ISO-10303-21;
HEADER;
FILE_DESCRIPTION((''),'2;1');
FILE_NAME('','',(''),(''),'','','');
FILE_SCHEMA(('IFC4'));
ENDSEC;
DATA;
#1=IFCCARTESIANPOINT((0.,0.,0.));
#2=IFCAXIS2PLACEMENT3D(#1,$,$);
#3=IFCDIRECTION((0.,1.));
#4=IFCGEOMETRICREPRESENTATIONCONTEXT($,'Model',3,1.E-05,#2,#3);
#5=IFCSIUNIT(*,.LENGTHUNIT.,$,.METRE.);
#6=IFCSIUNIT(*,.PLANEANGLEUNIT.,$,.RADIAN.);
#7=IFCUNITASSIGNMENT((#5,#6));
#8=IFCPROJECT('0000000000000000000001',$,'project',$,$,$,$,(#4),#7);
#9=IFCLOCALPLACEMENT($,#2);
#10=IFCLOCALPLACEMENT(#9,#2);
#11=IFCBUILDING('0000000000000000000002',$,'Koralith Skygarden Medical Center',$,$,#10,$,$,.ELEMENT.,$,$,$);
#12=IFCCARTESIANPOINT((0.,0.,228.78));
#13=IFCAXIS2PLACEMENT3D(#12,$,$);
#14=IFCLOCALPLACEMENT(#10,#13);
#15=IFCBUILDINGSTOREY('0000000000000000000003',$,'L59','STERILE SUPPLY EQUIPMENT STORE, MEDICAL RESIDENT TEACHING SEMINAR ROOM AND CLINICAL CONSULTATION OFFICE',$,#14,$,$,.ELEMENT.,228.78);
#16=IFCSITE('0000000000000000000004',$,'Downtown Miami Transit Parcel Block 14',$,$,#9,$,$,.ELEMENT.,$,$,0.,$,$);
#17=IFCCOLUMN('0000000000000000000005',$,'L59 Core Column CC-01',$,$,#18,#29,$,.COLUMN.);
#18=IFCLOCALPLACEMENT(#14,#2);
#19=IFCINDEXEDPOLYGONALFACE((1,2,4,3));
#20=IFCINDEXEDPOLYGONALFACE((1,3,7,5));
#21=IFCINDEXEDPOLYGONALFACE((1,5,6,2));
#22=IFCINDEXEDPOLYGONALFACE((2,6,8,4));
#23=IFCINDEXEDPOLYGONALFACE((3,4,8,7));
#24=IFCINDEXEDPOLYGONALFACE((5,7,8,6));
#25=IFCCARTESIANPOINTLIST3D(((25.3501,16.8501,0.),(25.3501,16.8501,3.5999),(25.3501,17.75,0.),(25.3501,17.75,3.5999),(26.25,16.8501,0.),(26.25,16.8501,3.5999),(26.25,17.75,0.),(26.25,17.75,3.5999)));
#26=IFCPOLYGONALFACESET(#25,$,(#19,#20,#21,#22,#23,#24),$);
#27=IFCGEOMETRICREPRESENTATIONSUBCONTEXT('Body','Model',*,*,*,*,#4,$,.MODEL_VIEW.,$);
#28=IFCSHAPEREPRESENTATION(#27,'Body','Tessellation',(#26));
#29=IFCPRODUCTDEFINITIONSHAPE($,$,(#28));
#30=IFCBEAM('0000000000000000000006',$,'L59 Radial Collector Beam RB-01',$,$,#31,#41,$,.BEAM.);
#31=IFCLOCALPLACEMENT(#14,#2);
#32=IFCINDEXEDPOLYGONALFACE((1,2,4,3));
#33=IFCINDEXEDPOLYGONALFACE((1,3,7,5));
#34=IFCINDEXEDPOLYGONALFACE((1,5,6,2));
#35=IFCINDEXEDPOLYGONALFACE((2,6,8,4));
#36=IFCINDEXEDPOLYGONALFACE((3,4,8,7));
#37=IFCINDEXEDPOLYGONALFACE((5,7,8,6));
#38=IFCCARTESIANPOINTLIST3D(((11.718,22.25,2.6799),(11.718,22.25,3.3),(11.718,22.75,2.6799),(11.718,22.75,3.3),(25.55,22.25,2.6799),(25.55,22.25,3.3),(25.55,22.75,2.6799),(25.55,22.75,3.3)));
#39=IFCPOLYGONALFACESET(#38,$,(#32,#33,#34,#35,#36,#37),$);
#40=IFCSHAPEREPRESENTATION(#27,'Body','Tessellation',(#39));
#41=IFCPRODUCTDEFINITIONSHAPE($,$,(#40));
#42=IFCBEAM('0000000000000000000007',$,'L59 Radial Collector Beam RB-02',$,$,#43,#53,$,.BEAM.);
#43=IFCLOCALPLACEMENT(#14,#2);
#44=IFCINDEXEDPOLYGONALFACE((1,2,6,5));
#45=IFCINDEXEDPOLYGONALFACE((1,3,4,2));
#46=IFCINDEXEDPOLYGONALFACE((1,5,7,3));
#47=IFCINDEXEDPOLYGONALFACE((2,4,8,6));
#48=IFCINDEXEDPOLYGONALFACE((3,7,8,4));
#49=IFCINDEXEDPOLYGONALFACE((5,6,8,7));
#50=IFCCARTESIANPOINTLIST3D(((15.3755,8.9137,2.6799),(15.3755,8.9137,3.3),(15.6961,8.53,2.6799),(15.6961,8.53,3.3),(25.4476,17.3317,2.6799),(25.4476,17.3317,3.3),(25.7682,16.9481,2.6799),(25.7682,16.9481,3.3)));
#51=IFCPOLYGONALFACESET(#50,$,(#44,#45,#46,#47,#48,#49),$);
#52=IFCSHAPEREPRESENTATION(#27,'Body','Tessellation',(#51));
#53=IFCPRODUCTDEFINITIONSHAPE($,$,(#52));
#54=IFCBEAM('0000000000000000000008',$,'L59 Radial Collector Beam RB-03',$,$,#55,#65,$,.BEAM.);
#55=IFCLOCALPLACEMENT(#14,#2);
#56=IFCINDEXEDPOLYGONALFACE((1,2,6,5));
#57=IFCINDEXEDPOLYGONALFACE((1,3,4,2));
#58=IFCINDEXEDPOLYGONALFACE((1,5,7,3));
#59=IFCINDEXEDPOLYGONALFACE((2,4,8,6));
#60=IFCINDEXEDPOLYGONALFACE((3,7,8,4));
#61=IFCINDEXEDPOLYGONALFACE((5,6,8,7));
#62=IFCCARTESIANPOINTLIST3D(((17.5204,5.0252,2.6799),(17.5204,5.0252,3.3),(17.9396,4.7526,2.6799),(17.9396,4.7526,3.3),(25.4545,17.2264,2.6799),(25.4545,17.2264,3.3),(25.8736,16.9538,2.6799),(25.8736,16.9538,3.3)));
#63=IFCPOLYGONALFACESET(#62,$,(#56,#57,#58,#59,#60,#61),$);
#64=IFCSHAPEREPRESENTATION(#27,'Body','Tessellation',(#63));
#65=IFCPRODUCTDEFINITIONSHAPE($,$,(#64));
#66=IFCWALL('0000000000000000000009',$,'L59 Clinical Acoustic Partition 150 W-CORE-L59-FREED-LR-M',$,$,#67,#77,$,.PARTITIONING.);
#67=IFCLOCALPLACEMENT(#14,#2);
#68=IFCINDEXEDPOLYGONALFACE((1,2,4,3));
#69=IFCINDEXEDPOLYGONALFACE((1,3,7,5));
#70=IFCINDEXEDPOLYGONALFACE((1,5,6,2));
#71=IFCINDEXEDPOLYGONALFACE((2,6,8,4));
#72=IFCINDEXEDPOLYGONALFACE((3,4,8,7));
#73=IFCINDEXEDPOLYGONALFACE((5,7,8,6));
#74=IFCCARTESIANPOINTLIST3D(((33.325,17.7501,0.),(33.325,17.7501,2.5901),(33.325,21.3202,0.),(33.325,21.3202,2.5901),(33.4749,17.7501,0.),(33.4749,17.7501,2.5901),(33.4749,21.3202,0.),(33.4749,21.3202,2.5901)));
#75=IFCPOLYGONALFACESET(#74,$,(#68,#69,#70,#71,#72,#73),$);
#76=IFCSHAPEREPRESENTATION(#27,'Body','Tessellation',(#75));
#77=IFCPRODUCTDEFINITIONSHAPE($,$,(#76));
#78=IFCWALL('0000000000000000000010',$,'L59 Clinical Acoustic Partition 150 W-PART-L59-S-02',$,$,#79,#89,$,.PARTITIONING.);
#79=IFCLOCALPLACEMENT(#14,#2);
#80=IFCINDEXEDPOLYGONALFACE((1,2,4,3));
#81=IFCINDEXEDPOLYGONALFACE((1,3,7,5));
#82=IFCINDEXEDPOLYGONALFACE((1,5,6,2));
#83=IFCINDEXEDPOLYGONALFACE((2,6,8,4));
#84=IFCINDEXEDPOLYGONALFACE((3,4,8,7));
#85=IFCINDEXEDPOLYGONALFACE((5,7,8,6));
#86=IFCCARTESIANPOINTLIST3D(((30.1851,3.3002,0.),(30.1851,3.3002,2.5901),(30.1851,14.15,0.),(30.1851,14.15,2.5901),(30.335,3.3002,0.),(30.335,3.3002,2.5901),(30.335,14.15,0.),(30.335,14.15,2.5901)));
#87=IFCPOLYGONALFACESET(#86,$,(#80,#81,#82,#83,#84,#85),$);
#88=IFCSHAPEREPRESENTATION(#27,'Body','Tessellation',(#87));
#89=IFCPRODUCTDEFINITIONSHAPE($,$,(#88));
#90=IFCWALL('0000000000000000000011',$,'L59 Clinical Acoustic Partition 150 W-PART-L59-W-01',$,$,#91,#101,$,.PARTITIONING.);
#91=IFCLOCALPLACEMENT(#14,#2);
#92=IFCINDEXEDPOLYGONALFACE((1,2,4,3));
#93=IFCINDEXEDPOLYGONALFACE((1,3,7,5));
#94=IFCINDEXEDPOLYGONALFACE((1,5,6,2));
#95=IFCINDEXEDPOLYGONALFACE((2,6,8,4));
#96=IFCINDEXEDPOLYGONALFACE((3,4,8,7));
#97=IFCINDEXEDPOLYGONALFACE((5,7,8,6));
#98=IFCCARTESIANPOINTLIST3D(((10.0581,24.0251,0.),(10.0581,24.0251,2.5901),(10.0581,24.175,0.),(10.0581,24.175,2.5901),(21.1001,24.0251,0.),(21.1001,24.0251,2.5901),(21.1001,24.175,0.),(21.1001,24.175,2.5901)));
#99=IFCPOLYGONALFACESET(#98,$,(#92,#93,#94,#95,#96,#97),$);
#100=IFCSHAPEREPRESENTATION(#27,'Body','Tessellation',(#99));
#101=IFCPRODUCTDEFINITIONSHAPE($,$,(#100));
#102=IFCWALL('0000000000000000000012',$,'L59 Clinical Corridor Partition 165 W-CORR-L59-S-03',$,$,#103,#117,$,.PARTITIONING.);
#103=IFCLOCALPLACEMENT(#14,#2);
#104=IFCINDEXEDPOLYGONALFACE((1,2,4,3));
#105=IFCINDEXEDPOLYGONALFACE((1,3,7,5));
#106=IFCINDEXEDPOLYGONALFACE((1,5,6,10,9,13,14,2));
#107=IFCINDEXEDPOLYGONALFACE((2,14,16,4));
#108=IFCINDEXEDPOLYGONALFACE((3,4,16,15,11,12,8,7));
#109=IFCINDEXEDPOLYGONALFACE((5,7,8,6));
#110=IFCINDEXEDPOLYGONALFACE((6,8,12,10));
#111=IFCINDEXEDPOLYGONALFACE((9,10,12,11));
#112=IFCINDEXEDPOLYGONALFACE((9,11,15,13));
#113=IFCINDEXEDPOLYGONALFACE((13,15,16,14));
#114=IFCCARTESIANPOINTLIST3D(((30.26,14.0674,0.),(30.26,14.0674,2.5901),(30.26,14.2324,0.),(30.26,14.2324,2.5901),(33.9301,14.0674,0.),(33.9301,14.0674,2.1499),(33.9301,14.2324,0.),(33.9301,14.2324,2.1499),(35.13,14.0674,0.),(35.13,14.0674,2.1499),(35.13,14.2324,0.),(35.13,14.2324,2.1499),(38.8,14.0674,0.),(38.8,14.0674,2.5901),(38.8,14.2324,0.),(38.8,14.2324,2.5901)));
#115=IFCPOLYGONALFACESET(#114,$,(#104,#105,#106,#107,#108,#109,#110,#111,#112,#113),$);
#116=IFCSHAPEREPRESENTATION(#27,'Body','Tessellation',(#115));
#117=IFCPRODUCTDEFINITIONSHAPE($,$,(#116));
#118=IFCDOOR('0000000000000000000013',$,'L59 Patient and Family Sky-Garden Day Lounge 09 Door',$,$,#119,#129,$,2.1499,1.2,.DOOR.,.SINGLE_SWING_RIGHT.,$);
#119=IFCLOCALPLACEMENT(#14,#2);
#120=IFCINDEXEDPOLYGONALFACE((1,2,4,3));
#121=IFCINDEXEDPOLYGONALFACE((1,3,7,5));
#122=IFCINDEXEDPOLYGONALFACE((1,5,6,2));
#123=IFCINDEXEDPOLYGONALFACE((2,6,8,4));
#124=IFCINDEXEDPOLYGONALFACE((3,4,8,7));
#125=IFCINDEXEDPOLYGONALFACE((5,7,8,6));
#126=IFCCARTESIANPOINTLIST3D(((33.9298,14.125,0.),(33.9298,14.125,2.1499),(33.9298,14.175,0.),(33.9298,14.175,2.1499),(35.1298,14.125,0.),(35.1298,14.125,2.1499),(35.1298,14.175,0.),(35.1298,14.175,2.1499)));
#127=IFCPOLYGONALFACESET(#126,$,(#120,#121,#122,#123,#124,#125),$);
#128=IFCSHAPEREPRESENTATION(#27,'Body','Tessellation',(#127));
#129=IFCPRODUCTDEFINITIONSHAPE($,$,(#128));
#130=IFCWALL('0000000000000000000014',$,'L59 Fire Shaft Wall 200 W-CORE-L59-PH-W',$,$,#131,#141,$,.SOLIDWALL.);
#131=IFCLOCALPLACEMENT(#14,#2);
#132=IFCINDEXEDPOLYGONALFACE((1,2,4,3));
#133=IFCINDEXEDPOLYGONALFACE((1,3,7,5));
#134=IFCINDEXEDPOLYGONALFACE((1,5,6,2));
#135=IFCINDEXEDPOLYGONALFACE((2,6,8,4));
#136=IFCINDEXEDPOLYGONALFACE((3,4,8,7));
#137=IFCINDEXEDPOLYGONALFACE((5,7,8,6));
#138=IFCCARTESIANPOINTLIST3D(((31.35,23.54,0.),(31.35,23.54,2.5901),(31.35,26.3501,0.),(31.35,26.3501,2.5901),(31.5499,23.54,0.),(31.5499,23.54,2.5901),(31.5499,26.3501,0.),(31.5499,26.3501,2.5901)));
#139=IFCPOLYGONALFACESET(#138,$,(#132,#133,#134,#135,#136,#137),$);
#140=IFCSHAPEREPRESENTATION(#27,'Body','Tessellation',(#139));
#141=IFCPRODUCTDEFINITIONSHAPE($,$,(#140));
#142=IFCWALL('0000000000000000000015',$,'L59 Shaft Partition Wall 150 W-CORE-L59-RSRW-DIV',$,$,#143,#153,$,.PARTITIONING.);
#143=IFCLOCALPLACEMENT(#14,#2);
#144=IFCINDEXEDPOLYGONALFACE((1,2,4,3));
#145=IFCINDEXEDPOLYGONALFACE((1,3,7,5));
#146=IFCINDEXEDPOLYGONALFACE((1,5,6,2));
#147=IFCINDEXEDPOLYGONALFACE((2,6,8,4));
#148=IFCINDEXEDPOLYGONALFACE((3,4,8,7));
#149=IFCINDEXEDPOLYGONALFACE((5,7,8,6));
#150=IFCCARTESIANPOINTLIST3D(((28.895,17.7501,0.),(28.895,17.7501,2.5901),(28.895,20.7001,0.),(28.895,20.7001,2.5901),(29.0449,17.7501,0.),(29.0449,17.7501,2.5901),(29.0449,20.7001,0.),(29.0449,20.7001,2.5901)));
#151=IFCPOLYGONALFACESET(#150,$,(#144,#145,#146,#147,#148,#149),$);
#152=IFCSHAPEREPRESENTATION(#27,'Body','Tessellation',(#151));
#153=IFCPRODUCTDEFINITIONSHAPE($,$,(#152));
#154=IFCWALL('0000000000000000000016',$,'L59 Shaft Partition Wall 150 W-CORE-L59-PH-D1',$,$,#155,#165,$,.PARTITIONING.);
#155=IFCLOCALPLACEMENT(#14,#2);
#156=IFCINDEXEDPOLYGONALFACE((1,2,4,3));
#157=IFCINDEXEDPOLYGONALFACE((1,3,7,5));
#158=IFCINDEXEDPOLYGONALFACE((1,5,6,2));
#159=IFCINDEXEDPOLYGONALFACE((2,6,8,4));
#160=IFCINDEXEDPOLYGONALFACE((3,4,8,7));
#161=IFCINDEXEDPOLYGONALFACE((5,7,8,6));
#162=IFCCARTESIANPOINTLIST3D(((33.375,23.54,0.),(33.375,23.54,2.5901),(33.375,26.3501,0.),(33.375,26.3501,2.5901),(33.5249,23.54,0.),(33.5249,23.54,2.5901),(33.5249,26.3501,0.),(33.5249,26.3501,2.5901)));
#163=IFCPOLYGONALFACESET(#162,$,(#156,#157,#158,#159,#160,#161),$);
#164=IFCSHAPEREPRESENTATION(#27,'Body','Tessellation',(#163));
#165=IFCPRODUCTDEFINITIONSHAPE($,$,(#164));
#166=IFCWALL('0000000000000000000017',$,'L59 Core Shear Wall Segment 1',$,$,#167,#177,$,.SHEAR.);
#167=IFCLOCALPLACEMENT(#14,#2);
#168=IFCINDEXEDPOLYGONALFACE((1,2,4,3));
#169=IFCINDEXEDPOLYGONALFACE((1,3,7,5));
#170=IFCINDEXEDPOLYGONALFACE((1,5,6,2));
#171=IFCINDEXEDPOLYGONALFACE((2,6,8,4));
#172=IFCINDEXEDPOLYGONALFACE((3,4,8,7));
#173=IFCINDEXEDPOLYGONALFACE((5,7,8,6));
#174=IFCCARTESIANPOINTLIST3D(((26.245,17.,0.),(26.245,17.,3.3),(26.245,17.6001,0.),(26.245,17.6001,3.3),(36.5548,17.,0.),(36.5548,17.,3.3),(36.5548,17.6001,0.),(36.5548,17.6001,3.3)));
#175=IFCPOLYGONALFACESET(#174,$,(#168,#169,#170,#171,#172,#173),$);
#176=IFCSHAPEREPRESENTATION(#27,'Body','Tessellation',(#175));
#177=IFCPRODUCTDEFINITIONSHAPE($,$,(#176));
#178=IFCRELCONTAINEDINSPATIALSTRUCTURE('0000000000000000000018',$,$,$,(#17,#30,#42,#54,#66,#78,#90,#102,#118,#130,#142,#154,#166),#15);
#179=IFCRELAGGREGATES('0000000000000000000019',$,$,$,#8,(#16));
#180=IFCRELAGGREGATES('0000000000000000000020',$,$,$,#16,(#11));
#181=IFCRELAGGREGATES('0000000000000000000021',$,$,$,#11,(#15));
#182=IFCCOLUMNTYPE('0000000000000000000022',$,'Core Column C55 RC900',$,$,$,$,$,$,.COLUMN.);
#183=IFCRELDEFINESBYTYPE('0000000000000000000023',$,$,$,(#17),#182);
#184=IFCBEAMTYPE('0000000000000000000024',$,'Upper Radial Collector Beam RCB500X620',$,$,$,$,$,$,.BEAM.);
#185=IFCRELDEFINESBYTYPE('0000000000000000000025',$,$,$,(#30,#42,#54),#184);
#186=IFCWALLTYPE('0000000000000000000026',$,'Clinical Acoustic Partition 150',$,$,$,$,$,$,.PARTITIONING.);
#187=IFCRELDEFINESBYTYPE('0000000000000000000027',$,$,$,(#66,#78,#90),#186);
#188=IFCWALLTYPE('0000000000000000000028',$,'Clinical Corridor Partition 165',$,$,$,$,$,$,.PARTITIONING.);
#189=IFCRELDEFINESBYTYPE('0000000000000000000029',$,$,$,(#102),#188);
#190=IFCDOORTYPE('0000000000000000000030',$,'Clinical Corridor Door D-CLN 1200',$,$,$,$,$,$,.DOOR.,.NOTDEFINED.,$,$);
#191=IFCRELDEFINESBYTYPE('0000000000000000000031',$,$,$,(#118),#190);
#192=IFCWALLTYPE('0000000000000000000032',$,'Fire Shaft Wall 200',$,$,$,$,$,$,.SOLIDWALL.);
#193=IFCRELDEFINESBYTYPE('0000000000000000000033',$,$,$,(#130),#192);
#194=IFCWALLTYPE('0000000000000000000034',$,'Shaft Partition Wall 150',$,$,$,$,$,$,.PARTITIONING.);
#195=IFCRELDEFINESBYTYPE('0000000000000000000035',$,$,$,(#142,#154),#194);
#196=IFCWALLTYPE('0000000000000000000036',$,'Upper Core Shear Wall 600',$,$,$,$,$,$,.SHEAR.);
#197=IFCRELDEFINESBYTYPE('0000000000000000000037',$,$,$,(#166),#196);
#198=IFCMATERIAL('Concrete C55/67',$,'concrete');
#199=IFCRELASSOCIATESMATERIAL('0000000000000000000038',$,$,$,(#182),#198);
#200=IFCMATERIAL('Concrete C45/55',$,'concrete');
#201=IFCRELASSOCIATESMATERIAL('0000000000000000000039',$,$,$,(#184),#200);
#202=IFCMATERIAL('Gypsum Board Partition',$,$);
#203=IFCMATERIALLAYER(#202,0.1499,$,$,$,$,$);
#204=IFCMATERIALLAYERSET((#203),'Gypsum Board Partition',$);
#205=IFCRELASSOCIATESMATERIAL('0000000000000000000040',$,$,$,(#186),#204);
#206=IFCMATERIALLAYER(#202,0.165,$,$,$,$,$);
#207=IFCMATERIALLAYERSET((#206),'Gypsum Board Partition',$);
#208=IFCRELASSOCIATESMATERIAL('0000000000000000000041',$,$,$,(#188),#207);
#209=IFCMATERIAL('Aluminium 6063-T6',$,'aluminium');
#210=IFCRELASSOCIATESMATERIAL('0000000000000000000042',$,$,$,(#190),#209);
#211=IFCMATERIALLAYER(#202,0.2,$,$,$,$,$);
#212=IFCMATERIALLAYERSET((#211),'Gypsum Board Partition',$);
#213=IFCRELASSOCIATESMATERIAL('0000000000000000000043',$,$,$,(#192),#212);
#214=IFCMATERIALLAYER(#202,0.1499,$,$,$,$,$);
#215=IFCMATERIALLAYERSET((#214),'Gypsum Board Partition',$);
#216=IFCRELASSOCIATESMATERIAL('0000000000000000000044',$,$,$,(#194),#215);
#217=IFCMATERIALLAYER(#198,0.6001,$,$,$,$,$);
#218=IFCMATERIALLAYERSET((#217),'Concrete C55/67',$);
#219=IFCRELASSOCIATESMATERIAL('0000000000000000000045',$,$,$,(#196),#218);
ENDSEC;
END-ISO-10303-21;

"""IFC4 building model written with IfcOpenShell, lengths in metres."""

from ifc_helpers import new_model, si_unit, direction, frame, frame_2d, origin, origin_2d, place, context, subcontext, project, spatial, rectangle, extrude, material, layer, layer_set, material_profile, profile_set, type_object, element, fill, save


model = new_model("IFC4")

# Units and contexts
model_context = context("Model", 3, precision=1e-05, world=origin(), true_north=direction((0.0, 1.0)))
body_context = subcontext(model_context, "Body", "Model", "MODEL_VIEW")
ifc_project = project(units=[si_unit("LENGTHUNIT", "METRE"), si_unit("PLANEANGLEUNIT", "RADIAN")], contexts=[model_context])

# Site, building, storey
site_placement = place(None, origin())
site = spatial("IfcSite", under=ifc_project, at=site_placement, Name="Downtown Miami Transit Parcel Block 14", CompositionType="ELEMENT", RefElevation=0.0)
building_placement = place(site_placement, origin())
building = spatial("IfcBuilding", under=site, at=building_placement, Name="Koralith Skygarden Medical Center", CompositionType="ELEMENT")
storey_placement = place(building_placement, frame((0.0, 0.0, 228.78)))
storey = spatial("IfcBuildingStorey", under=building, at=storey_placement, Name="L59", Description="STERILE SUPPLY EQUIPMENT STORE, MEDICAL RESIDENT TEACHING SEMINAR ROOM AND CLINICAL CONSULTATION OFFICE", CompositionType="ELEMENT", Elevation=228.78)

# Column
ifc_material_1 = material(Name="Concrete C55/67", Category="concrete")
ifc_material_profile_1 = material_profile(ifc_material_1, rectangle(XDim=0.8999, YDim=0.8999, at=origin_2d()), Name="RC900X900")
ifc_profile_set_1 = profile_set([ifc_material_profile_1], Name="Concrete C55/67")
column_type = type_object("IfcColumnType", Name="Core Column C55 RC900", PredefinedType="COLUMN", material=ifc_profile_set_1)
column_placement = place(storey_placement, frame((25.8, 17.3, 0.0), z_axis=(0.0, 0.0, 1.0), x_axis=(1.0, 0.0, 0.0)))
element("IfcColumn", 1, at=column_placement, inside=storey, type_object=column_type, Name="L59 Core Column CC-01", PredefinedType="COLUMN", context=body_context, shape_type="SweptSolid", body=[
    extrude(rectangle(XDim=0.8999, YDim=0.8999, at=origin_2d()), origin(), (0.0, 0.0, 1.0), 3.5999),
])

# Beams
ifc_material_2 = material(Name="Concrete C45/55", Category="concrete")
ifc_material_profile_2 = material_profile(ifc_material_2, rectangle(XDim=0.5, YDim=0.6201, at=origin_2d()), Name="RCB500X620")
ifc_profile_set_2 = profile_set([ifc_material_profile_2], Name="Concrete C45/55")
beam_type = type_object("IfcBeamType", Name="Upper Radial Collector Beam RCB500X620", PredefinedType="BEAM", material=ifc_profile_set_2)
beam_1_placement = place(storey_placement, frame((25.55, 22.5, 2.99), z_axis=(-1.0, 0.0, 0.0), x_axis=(0.0, -1.0, 0.0)))
element("IfcBeam", 2, at=beam_1_placement, inside=storey, type_object=beam_type, Name="L59 Radial Collector Beam RB-01", PredefinedType="BEAM", context=body_context, shape_type="SweptSolid", body=[
    extrude(rectangle(XDim=0.5, YDim=0.6201, at=origin_2d()), origin(), (0.0, 0.0, 1.0), 13.832),
])
beam_2_placement = place(storey_placement, frame((25.6079, 17.1399, 2.99), z_axis=(-0.767298, -0.641291, 0.0), x_axis=(0.641291, -0.767298, 0.0)))
element("IfcBeam", 3, at=beam_2_placement, inside=storey, type_object=beam_type, Name="L59 Radial Collector Beam RB-02", PredefinedType="BEAM", context=body_context, shape_type="SweptSolid", body=[
    extrude(rectangle(XDim=0.5, YDim=0.6201, at=origin_2d()), origin(), (0.0, 0.0, 1.0), 13.1267),
])
beam_3_placement = place(storey_placement, frame((25.6641, 17.0901, 2.99), z_axis=(-0.545149, -0.838339, 0.0), x_axis=(0.838339, -0.545149, 0.0)))
element("IfcBeam", 4, at=beam_3_placement, inside=storey, type_object=beam_type, Name="L59 Radial Collector Beam RB-03", PredefinedType="BEAM", context=body_context, shape_type="SweptSolid", body=[
    extrude(rectangle(XDim=0.5, YDim=0.6201, at=origin_2d()), origin(), (0.0, 0.0, 1.0), 14.554),
])

# Shared definitions
ifc_material_3 = material(Name="Gypsum Board Partition")
ifc_layer_1 = layer(ifc_material_3, 0.1499)
ifc_layer_set_1 = layer_set([ifc_layer_1], Name="Gypsum Board Partition")
wall_type_1 = type_object("IfcWallType", Name="Clinical Acoustic Partition 150", PredefinedType="PARTITIONING", material=ifc_layer_set_1)
ifc_material_4 = material(Name="Aluminium 6063-T6", Category="aluminium")

# Walls
wall_1_placement = place(storey_placement, frame((33.3999, 17.75, 0.0), z_axis=(0.0, 0.0, 1.0), x_axis=(0.0, 1.0, 0.0)))
element("IfcWall", 5, at=wall_1_placement, inside=storey, type_object=wall_type_1, Name="L59 Clinical Acoustic Partition 150 W-CORE-L59-FREED-LR-M", PredefinedType="PARTITIONING", context=body_context, shape_type="SweptSolid", body=[
    extrude(rectangle(XDim=3.5701, YDim=0.1499, at=frame_2d((1.7852, 0.0))), origin(), (0.0, 0.0, 1.0), 2.5901),
])
wall_2_placement = place(storey_placement, frame((30.26, 14.1499, 0.0), z_axis=(0.0, 0.0, 1.0), x_axis=(0.0, -1.0, 0.0)))
element("IfcWall", 6, at=wall_2_placement, inside=storey, type_object=wall_type_1, Name="L59 Clinical Acoustic Partition 150 W-PART-L59-S-02", PredefinedType="PARTITIONING", context=body_context, shape_type="SweptSolid", body=[
    extrude(rectangle(XDim=10.8499, YDim=0.1499, at=frame_2d((5.4248, 0.0))), origin(), (0.0, 0.0, 1.0), 2.5901),
])
wall_3_placement = place(storey_placement, frame((21.1001, 24.1001, 0.0), z_axis=(0.0, 0.0, 1.0), x_axis=(-1.0, 0.0, 0.0)))
element("IfcWall", 7, at=wall_3_placement, inside=storey, type_object=wall_type_1, Name="L59 Clinical Acoustic Partition 150 W-PART-L59-W-01", PredefinedType="PARTITIONING", context=body_context, shape_type="SweptSolid", body=[
    extrude(rectangle(XDim=11.042, YDim=0.1499, at=frame_2d((5.521, 0.0))), origin(), (0.0, 0.0, 1.0), 2.5901),
])

# Wall, opening, door
ifc_layer_2 = layer(ifc_material_3, 0.165)
ifc_layer_set_2 = layer_set([ifc_layer_2], Name="Gypsum Board Partition")
wall_type_2 = type_object("IfcWallType", Name="Clinical Corridor Partition 165", PredefinedType="PARTITIONING", material=ifc_layer_set_2)
door_type_1 = type_object("IfcDoorType", Name="Clinical Corridor Door D-CLN 1200", OperationType="NOTDEFINED", PredefinedType="DOOR", material=ifc_material_4)
wall_4_placement = place(storey_placement, frame((30.26, 14.1499, 0.0), z_axis=(0.0, 0.0, 1.0), x_axis=(1.0, 0.0, 0.0)))
wall_4 = element("IfcWall", 8, at=wall_4_placement, inside=storey, type_object=wall_type_2, Name="L59 Clinical Corridor Partition 165 W-CORR-L59-S-03", PredefinedType="PARTITIONING", context=body_context, shape_type="SweptSolid", body=[
    extrude(rectangle(XDim=8.54, YDim=0.165, at=frame_2d((4.27, 0.0))), origin(), (0.0, 0.0, 1.0), 2.5901),
])
opening_1_placement = place(wall_4_placement, frame((3.6699, 0.0, 0.0)))
opening_1 = element("IfcOpeningElement", 9, at=opening_1_placement, cuts=wall_4, PredefinedType="OPENING", context=body_context, shape_type="SweptSolid", body=[
    extrude(rectangle(XDim=1.2, YDim=2.1499, at=frame_2d((0.6001, 1.075))), frame((0.0, 0.0925, 0.0), z_axis=(0.0, -1.0, 0.0), x_axis=(1.0, 0.0, 0.0)), (0.0, 0.0, 1.0), 0.1851),
])
door_1_placement = place(opening_1_placement, frame((1.2, 0.0, 0.0), z_axis=(0.0, 0.0, 1.0), x_axis=(-1.0, 0.0, 0.0)))
door_1 = element("IfcDoor", 10, at=door_1_placement, inside=storey, type_object=door_type_1, Name="L59 Patient and Family Sky-Garden Day Lounge 09 Door", OperationType="SINGLE_SWING_RIGHT", OverallHeight=2.1499, OverallWidth=1.2, PredefinedType="DOOR", context=body_context, shape_type="SweptSolid", body=[
    extrude(rectangle(XDim=1.2, YDim=2.1499, at=frame_2d((0.6001, 1.075))), frame((0.0, 0.0249, 0.0), z_axis=(0.0, -1.0, 0.0), x_axis=(1.0, 0.0, 0.0)), (0.0, 0.0, 1.0), 0.05),
])
fill(opening_1, door_1)
ifc_layer_3 = layer(ifc_material_3, 0.2)
ifc_layer_set_3 = layer_set([ifc_layer_3], Name="Gypsum Board Partition")
wall_type_3 = type_object("IfcWallType", Name="Fire Shaft Wall 200", PredefinedType="SOLIDWALL", material=ifc_layer_set_3)

# Walls
wall_5_placement = place(storey_placement, frame((31.45, 23.54, 0.0), z_axis=(0.0, 0.0, 1.0), x_axis=(0.0, 1.0, 0.0)))
element("IfcWall", 11, at=wall_5_placement, inside=storey, type_object=wall_type_3, Name="L59 Fire Shaft Wall 200 W-CORE-L59-PH-W", PredefinedType="SOLIDWALL", context=body_context, shape_type="SweptSolid", body=[
    extrude(rectangle(XDim=2.8101, YDim=0.2, at=frame_2d((1.405, 0.0))), origin(), (0.0, 0.0, 1.0), 2.5901),
])
ifc_layer_4 = layer(ifc_material_3, 0.1499)
ifc_layer_set_4 = layer_set([ifc_layer_4], Name="Gypsum Board Partition")
wall_type_4 = type_object("IfcWallType", Name="Shaft Partition Wall 150", PredefinedType="PARTITIONING", material=ifc_layer_set_4)
wall_6_placement = place(storey_placement, frame((28.97, 17.75, 0.0), z_axis=(0.0, 0.0, 1.0), x_axis=(0.0, 1.0, 0.0)))
element("IfcWall", 12, at=wall_6_placement, inside=storey, type_object=wall_type_4, Name="L59 Shaft Partition Wall 150 W-CORE-L59-RSRW-DIV", PredefinedType="PARTITIONING", context=body_context, shape_type="SweptSolid", body=[
    extrude(rectangle(XDim=2.95, YDim=0.1499, at=frame_2d((1.4751, 0.0))), origin(), (0.0, 0.0, 1.0), 2.5901),
])
wall_7_placement = place(storey_placement, frame((33.45, 23.54, 0.0), z_axis=(0.0, 0.0, 1.0), x_axis=(0.0, 1.0, 0.0)))
element("IfcWall", 13, at=wall_7_placement, inside=storey, type_object=wall_type_4, Name="L59 Shaft Partition Wall 150 W-CORE-L59-PH-D1", PredefinedType="PARTITIONING", context=body_context, shape_type="SweptSolid", body=[
    extrude(rectangle(XDim=2.8101, YDim=0.1499, at=frame_2d((1.405, 0.0))), origin(), (0.0, 0.0, 1.0), 2.5901),
])
ifc_layer_5 = layer(ifc_material_1, 0.6001)
ifc_layer_set_5 = layer_set([ifc_layer_5], Name="Concrete C55/67")
wall_type_5 = type_object("IfcWallType", Name="Upper Core Shear Wall 600", PredefinedType="SHEAR", material=ifc_layer_set_5)
wall_8_placement = place(storey_placement, frame((26.2451, 17.3, 0.0), z_axis=(0.0, 0.0, 1.0), x_axis=(1.0, 0.0, 0.0)))
element("IfcWall", 14, at=wall_8_placement, inside=storey, type_object=wall_type_5, Name="L59 Core Shear Wall Segment 1", PredefinedType="SHEAR", context=body_context, shape_type="SweptSolid", body=[
    extrude(rectangle(XDim=10.3098, YDim=0.6001, at=frame_2d((5.1548, 0.0))), origin(), (0.0, 0.0, 1.0), 3.3),
])

save(model, "model.ifc")
